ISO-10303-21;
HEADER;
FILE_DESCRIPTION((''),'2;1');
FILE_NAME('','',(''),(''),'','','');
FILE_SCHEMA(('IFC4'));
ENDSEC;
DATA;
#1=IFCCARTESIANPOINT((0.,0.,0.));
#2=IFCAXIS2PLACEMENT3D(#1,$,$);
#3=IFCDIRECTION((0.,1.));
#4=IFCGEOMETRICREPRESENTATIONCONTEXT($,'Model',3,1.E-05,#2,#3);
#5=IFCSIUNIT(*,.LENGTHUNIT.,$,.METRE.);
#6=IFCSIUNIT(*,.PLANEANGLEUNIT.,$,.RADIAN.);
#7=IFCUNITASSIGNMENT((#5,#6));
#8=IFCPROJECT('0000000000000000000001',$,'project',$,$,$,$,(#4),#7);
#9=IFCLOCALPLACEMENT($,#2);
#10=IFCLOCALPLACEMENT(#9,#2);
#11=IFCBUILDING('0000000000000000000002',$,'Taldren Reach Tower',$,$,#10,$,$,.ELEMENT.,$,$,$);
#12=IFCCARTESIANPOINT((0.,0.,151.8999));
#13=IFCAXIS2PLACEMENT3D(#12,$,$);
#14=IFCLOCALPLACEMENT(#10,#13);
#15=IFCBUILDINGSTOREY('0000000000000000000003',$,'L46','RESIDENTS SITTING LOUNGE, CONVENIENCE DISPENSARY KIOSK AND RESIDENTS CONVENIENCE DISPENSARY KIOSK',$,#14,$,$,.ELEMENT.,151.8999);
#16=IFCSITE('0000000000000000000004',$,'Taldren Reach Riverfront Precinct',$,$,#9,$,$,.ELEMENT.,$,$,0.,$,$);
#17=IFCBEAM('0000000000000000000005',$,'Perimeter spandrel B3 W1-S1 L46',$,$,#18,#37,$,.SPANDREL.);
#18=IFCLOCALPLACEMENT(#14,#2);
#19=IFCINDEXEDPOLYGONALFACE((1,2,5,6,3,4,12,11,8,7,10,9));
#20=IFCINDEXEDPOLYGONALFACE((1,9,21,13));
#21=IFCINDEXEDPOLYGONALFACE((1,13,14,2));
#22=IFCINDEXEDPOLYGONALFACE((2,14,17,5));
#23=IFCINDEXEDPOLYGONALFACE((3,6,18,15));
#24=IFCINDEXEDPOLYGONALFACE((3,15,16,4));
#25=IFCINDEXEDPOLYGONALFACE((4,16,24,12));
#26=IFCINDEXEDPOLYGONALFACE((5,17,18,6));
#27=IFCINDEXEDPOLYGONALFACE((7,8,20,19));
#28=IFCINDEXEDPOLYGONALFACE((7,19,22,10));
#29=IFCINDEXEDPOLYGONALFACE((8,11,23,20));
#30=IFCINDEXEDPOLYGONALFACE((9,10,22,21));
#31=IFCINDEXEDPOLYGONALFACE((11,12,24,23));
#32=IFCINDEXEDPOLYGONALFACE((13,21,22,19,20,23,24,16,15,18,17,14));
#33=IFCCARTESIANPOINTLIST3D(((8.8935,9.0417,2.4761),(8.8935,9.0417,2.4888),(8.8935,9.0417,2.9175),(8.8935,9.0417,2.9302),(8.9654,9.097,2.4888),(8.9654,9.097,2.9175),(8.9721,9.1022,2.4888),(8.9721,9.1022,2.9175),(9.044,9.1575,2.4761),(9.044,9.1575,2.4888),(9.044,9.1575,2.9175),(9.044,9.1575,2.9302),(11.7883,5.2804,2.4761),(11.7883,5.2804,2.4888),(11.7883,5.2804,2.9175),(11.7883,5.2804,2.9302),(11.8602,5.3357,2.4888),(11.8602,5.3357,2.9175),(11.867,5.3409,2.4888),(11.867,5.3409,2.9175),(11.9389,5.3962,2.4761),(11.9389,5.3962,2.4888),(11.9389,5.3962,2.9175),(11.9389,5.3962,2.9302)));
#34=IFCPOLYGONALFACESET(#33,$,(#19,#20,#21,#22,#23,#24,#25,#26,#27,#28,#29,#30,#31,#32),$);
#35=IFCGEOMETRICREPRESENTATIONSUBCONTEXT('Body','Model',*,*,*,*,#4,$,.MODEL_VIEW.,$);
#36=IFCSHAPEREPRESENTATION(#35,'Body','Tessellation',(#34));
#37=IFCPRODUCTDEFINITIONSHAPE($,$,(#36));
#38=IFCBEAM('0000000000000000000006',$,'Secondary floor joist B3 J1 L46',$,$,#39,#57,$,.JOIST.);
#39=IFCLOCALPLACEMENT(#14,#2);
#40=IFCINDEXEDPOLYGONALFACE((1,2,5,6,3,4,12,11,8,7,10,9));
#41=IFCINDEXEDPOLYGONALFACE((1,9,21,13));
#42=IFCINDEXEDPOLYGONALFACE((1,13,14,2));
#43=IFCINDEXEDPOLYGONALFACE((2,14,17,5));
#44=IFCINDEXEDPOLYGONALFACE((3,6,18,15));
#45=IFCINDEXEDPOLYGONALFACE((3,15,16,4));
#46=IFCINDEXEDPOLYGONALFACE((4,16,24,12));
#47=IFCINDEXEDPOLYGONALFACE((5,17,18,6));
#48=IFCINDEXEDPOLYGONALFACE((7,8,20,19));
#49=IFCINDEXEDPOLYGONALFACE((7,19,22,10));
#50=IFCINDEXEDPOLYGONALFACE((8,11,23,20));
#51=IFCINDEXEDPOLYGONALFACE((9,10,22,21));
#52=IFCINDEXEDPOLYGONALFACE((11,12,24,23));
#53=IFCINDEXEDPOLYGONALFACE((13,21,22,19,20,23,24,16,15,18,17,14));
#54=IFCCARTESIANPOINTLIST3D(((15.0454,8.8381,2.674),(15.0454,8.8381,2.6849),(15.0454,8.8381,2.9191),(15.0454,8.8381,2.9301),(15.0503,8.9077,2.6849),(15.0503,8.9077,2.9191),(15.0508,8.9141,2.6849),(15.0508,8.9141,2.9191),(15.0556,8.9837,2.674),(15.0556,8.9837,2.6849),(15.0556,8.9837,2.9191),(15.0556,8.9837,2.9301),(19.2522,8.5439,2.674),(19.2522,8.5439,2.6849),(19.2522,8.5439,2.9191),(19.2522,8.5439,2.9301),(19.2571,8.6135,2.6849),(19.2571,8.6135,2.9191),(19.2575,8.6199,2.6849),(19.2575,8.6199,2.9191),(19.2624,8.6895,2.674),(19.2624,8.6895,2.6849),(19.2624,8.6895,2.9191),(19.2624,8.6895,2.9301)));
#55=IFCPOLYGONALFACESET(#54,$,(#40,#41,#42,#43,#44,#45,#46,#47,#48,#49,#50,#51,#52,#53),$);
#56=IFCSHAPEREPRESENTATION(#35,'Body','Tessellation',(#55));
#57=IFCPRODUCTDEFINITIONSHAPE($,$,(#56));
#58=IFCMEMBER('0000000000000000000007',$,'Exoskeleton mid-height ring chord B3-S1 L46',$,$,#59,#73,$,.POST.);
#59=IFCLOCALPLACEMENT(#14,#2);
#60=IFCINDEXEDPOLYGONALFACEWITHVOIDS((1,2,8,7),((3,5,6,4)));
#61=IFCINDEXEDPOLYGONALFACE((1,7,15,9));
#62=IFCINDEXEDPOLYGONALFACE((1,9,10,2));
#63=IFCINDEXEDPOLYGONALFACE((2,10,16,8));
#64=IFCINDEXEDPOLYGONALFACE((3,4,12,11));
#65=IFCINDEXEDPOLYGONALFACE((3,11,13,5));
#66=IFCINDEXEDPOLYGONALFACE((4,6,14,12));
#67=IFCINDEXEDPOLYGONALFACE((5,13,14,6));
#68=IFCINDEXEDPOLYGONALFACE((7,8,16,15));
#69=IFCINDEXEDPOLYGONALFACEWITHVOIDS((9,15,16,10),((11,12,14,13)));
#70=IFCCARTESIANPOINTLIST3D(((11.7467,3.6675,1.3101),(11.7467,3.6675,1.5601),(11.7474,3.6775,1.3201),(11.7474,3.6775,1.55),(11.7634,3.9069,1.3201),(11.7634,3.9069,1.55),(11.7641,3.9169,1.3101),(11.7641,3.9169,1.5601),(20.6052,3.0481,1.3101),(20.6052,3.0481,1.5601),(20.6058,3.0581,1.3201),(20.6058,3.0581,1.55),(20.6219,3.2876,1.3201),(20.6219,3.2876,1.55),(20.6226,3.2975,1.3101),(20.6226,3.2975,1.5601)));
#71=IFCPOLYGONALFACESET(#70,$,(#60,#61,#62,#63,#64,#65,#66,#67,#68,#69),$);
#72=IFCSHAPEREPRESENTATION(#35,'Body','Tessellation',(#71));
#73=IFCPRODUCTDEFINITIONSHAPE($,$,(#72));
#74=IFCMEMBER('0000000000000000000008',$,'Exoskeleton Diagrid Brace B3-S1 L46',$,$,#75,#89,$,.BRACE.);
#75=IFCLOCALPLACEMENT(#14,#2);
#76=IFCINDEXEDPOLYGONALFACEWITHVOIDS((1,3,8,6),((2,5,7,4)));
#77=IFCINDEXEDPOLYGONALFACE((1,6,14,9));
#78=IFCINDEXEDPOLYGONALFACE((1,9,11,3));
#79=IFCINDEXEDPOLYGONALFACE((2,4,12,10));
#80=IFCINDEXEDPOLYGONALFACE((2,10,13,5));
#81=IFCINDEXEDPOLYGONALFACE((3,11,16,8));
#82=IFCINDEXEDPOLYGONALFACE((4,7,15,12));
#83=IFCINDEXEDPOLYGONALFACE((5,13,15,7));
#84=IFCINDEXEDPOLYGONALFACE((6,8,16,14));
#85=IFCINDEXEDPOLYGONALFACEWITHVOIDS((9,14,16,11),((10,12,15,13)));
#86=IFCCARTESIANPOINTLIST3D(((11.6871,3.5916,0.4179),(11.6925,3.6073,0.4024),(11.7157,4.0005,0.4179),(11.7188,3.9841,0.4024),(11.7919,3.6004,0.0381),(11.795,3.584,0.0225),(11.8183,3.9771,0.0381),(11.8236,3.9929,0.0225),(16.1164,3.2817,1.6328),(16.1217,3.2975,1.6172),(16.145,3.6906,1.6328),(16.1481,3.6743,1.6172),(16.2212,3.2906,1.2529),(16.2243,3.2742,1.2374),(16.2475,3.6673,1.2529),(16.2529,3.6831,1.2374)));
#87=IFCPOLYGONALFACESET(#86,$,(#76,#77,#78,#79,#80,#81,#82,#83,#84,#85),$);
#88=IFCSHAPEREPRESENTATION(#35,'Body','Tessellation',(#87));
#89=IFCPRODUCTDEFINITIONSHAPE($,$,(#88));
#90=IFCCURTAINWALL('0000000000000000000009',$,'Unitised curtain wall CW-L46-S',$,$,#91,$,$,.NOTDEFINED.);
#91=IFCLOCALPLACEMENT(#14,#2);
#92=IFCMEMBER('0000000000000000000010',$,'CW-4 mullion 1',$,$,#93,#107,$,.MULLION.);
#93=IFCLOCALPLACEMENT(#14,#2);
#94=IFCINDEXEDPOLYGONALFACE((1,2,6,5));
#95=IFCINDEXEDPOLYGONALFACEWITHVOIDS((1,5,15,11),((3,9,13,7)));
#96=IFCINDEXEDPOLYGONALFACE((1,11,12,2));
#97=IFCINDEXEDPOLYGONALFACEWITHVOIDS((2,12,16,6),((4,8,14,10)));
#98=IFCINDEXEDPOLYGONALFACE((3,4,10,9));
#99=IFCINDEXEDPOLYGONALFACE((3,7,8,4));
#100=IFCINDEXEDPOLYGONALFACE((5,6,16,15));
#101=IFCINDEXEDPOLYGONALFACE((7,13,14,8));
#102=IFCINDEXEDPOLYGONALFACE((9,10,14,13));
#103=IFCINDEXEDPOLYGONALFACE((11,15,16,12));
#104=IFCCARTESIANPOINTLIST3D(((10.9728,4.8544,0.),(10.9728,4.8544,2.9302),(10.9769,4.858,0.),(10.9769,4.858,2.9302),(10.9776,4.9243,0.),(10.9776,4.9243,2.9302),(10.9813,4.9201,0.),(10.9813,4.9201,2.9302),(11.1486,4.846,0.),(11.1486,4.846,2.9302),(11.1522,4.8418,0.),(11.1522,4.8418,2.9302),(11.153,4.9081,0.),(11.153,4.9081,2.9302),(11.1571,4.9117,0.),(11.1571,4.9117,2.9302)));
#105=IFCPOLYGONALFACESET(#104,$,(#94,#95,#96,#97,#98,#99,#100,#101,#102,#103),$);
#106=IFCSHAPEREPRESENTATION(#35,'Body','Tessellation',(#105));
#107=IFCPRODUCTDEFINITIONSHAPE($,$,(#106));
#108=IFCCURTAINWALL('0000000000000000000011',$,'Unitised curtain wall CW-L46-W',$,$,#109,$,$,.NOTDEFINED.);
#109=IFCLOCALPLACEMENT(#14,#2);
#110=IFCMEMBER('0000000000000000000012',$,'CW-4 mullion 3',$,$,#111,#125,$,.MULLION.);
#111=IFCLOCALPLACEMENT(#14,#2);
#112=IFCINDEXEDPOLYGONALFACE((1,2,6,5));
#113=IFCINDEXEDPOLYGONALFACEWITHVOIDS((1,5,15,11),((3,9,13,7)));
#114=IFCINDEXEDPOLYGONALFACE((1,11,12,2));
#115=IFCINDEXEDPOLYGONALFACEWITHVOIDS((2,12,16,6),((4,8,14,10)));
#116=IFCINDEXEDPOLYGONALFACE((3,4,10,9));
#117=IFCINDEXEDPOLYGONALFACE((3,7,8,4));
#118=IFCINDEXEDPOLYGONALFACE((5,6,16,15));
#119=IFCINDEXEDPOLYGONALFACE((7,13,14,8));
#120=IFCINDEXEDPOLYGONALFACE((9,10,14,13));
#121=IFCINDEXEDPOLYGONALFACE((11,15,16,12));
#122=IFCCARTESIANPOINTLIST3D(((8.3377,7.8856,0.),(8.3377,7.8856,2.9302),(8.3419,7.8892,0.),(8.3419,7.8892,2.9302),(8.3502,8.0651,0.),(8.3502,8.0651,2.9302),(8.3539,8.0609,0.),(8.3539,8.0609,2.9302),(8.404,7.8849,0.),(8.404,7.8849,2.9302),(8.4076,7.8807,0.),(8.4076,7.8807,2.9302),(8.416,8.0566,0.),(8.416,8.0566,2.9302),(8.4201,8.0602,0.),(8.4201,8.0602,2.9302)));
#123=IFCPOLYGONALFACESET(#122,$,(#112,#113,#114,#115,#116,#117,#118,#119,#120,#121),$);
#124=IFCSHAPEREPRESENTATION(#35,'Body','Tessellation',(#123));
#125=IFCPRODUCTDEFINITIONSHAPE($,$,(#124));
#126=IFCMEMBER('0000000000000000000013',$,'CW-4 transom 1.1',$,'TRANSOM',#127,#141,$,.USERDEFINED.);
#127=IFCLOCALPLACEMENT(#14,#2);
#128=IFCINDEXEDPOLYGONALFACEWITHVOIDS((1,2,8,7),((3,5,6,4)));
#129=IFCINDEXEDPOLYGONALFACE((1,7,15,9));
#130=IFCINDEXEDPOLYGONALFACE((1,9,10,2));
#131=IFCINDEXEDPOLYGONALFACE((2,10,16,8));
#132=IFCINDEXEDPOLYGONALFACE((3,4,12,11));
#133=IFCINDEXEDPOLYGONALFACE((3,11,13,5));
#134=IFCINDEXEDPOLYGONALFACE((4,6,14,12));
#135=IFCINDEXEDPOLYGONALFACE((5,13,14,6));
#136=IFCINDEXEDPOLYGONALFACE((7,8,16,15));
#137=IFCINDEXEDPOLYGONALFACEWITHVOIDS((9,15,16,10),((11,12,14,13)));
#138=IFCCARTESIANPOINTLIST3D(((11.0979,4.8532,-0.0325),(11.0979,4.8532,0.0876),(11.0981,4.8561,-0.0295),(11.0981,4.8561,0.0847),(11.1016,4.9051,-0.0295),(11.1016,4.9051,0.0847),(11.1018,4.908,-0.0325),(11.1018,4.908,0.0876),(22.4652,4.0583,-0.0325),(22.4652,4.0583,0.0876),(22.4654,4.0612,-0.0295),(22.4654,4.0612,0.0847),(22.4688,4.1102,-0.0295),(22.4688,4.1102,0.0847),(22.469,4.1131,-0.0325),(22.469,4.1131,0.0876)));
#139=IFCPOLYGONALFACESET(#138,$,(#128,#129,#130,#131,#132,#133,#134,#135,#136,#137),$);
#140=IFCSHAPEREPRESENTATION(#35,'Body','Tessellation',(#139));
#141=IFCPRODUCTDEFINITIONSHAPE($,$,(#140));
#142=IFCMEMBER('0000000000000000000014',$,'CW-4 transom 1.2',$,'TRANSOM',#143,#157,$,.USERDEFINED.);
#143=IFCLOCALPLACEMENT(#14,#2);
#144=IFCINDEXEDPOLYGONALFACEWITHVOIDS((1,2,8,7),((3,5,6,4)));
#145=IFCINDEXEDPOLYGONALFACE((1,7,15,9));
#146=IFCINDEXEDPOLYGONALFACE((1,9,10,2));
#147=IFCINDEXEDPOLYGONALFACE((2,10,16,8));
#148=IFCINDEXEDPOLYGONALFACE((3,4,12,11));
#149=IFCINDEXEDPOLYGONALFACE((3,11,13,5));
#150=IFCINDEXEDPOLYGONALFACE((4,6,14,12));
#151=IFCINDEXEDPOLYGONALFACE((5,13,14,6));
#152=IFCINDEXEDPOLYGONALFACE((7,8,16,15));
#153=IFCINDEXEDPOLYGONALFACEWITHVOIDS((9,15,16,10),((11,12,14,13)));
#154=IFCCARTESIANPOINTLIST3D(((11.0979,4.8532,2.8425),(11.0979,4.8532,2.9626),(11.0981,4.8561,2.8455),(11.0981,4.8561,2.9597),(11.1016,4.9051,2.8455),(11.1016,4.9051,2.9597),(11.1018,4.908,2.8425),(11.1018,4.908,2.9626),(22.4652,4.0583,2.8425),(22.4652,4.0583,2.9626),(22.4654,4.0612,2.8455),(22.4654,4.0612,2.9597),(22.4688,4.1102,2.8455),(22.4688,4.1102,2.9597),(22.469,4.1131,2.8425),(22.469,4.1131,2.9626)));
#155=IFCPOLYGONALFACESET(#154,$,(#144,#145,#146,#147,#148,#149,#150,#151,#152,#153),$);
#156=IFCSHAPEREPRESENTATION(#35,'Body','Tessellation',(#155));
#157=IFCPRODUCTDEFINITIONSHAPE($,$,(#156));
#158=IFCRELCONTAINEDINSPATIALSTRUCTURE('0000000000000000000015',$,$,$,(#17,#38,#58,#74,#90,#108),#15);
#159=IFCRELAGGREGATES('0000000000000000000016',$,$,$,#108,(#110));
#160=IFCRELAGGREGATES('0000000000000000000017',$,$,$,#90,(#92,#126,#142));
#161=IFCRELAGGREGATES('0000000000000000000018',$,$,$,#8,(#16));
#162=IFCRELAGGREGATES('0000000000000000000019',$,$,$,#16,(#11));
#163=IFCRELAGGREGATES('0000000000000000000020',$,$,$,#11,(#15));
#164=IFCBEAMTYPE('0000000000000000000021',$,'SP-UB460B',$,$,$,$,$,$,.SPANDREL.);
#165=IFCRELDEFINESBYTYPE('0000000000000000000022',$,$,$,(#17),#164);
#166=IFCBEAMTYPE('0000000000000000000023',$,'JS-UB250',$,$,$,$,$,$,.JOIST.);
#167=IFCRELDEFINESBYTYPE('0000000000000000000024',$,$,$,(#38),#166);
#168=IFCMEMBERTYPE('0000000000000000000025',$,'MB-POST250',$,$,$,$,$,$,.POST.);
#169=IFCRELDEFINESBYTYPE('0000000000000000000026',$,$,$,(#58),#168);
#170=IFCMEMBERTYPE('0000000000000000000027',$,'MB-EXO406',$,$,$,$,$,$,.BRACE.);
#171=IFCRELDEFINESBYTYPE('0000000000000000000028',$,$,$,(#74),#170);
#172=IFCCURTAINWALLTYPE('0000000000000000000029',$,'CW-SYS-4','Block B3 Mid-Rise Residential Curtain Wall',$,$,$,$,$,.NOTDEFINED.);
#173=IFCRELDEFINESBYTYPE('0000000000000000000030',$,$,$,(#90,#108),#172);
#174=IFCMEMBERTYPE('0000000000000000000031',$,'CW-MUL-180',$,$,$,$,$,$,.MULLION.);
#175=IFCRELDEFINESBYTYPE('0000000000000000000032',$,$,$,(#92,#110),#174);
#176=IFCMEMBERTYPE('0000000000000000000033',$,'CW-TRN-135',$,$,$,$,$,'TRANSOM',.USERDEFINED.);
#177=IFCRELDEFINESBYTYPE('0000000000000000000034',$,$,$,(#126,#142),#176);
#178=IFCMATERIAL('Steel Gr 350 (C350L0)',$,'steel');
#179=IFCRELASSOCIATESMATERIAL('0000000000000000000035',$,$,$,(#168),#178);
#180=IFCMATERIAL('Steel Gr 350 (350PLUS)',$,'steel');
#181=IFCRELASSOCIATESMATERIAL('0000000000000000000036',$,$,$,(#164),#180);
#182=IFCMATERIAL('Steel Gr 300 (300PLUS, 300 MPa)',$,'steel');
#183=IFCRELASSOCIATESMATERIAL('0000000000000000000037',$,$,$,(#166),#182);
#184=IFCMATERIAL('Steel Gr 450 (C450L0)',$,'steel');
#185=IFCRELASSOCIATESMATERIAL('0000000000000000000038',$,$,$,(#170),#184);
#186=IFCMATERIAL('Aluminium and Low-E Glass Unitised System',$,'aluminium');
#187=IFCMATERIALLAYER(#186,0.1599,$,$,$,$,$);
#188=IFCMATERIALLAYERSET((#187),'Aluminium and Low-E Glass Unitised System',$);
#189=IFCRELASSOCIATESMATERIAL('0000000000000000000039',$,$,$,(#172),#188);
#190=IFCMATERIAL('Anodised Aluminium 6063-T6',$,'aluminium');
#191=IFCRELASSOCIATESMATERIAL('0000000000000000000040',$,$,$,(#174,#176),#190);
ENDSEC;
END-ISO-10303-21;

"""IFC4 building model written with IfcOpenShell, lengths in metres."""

from ifc_helpers import new_model, si_unit, direction, frame, origin, origin_2d, place, context, subcontext, project, spatial, hollow_rectangle, i_section, extrude, source, transform, mapped, material, layer, layer_set, material_profile, profile_set, type_object, element, aggregate, save


model = new_model("IFC4")

# Units and contexts
model_context = context("Model", 3, precision=1e-05, world=origin(), true_north=direction((0.0, 1.0)))
body_context = subcontext(model_context, "Body", "Model", "MODEL_VIEW")
ifc_project = project(units=[si_unit("LENGTHUNIT", "METRE"), si_unit("PLANEANGLEUNIT", "RADIAN")], contexts=[model_context])

# Site, building, storey
site_placement = place(None, origin())
site = spatial("IfcSite", under=ifc_project, at=site_placement, Name="Taldren Reach Riverfront Precinct", CompositionType="ELEMENT", RefElevation=0.0)
building_placement = place(site_placement, origin())
building = spatial("IfcBuilding", under=site, at=building_placement, Name="Taldren Reach Tower", CompositionType="ELEMENT")
storey_placement = place(building_placement, frame((0.0, 0.0, 151.8999)))
storey = spatial("IfcBuildingStorey", under=building, at=storey_placement, Name="L46", Description="RESIDENTS SITTING LOUNGE, CONVENIENCE DISPENSARY KIOSK AND RESIDENTS CONVENIENCE DISPENSARY KIOSK", CompositionType="ELEMENT", Elevation=151.8999)

# Shared definitions
ifc_material_1 = material(Name="Steel Gr 450 (C450L0)", Category="steel")
ifc_material_2 = material(Name="Steel Gr 350 (350PLUS)", Category="steel")

# Shared definitions
ifc_material_3 = material(Name="Steel Gr 350 (C350L0)", Category="steel")
ifc_material_profile_1 = material_profile(ifc_material_3, hollow_rectangle(XDim=0.25, YDim=0.25, WallThickness=0.01, at=origin_2d()), Name="250x250x10.0SHS")
ifc_profile_set_1 = profile_set([ifc_material_profile_1], Name="Steel Gr 350 (C350L0)")
member_type_1 = type_object("IfcMemberType", Name="MB-POST250", PredefinedType="POST", material=ifc_profile_set_1)

# Beams
ifc_material_profile_2 = material_profile(ifc_material_2, i_section(OverallWidth=0.1899, OverallDepth=0.4541, WebThickness=0.0085, FlangeThickness=0.0127, at=origin_2d()), Name="460UB67.1")
ifc_profile_set_2 = profile_set([ifc_material_profile_2], Name="Steel Gr 350 (350PLUS)")
beam_type_1 = type_object("IfcBeamType", Name="SP-UB460B", PredefinedType="SPANDREL", material=ifc_profile_set_2)
shared_shape_1 = source(origin(), body_context, "Body", "SweptSolid", [
    extrude(i_section(OverallWidth=0.1899, OverallDepth=0.4541, WebThickness=0.0085, FlangeThickness=0.0127, at=origin_2d()), origin(), (0.0, 0.0, 1.0), 4.7463),
])
beam_1_placement = place(storey_placement, frame((8.9688, 9.0996, 2.7031), z_axis=(0.609912, -0.792469, 0.0), x_axis=(0.792469, 0.609912, 0.0)))
element("IfcBeam", 1, at=beam_1_placement, inside=storey, type_object=beam_type_1, Name="Perimeter spandrel B3 W1-S1 L46", PredefinedType="SPANDREL", context=body_context, shape_type="MappedRepresentation", body=[
    mapped(shared_shape_1, transform((0.0, 0.0, 0.0), scale=1.0)),
])
ifc_material_4 = material(Name="Steel Gr 300 (300PLUS, 300 MPa)", Category="steel")
ifc_material_profile_3 = material_profile(ifc_material_4, i_section(OverallWidth=0.146, OverallDepth=0.2561, WebThickness=0.0063, FlangeThickness=0.011, at=origin_2d()), Name="250UB37.3")
ifc_profile_set_3 = profile_set([ifc_material_profile_3], Name="Steel Gr 300 (300PLUS, 300 MPa)")
beam_type_2 = type_object("IfcBeamType", Name="JS-UB250", PredefinedType="JOIST", material=ifc_profile_set_3)
shared_shape_2 = source(origin(), body_context, "Body", "SweptSolid", [
    extrude(i_section(OverallWidth=0.146, OverallDepth=0.2561, WebThickness=0.0063, FlangeThickness=0.011, at=origin_2d()), origin(), (0.0, 0.0, 1.0), 4.217),
])
beam_2_placement = place(storey_placement, frame((15.0505, 8.9109, 2.802), z_axis=(0.997564, -0.069762, 0.0), x_axis=(0.069762, 0.997564, 0.0)))
element("IfcBeam", 2, at=beam_2_placement, inside=storey, type_object=beam_type_2, Name="Secondary floor joist B3 J1 L46", PredefinedType="JOIST", context=body_context, shape_type="MappedRepresentation", body=[
    mapped(shared_shape_2, transform((0.0, 0.0, 0.0), scale=1.0)),
])

# Members
shared_shape_3 = source(origin(), body_context, "Body", "SweptSolid", [
    extrude(hollow_rectangle(XDim=0.25, YDim=0.25, WallThickness=0.01, at=origin_2d()), origin(), (0.0, 0.0, 1.0), 8.8801),
])
member_1_placement = place(storey_placement, frame((11.7554, 3.7922, 1.4351), z_axis=(0.997564, -0.06975, 0.0), x_axis=(0.06975, 0.997564, 0.0)))
element("IfcMember", 3, at=member_1_placement, inside=storey, type_object=member_type_1, Name="Exoskeleton mid-height ring chord B3-S1 L46", PredefinedType="POST", context=body_context, shape_type="MappedRepresentation", body=[
    mapped(shared_shape_3, transform((0.0, 0.0, 0.0), scale=1.0)),
])
ifc_material_profile_4 = material_profile(ifc_material_1, hollow_rectangle(XDim=0.4099, YDim=0.4099, WallThickness=0.0161, at=origin_2d()), Name="410x410x16.0SHS")
ifc_profile_set_4 = profile_set([ifc_material_profile_4], Name="Steel Gr 450 (C450L0)")
member_type_2 = type_object("IfcMemberType", Name="MB-EXO406", PredefinedType="BRACE", material=ifc_profile_set_4)
shared_shape_4 = source(origin(), body_context, "Body", "SweptSolid", [
    extrude(hollow_rectangle(XDim=0.4099, YDim=0.4099, WallThickness=0.0161, at=origin_2d()), origin(), (0.0, 0.0, 1.0), 4.6033),
])
member_2_placement = place(storey_placement, frame((11.7554, 3.7922, 0.2202), z_axis=(0.962196, -0.067304, 0.263912), x_axis=(0.069778, 0.997563, 0.0)))
element("IfcMember", 4, at=member_2_placement, inside=storey, type_object=member_type_2, Name="Exoskeleton Diagrid Brace B3-S1 L46", PredefinedType="BRACE", context=body_context, shape_type="MappedRepresentation", body=[
    mapped(shared_shape_4, transform((0.0, 0.0, 0.0), scale=1.0)),
])

# Curtain walls, members
ifc_material_5 = material(Name="Aluminium and Low-E Glass Unitised System", Category="aluminium")
ifc_layer_1 = layer(ifc_material_5, 0.1599)
ifc_layer_set_1 = layer_set([ifc_layer_1], Name="Aluminium and Low-E Glass Unitised System")
curtain_wall_type = type_object("IfcCurtainWallType", Name="CW-SYS-4", Description="Block B3 Mid-Rise Residential Curtain Wall", PredefinedType="NOTDEFINED", material=ifc_layer_set_1)
curtain_wall_1_placement = place(storey_placement, origin())
curtain_wall_1 = element("IfcCurtainWall", 5, at=curtain_wall_1_placement, inside=storey, type_object=curtain_wall_type, Name="Unitised curtain wall CW-L46-S", PredefinedType="NOTDEFINED")
ifc_material_6 = material(Name="Anodised Aluminium 6063-T6", Category="aluminium")
ifc_material_profile_5 = material_profile(ifc_material_6, hollow_rectangle(XDim=0.0701, YDim=0.1799, WallThickness=0.0039, at=origin_2d()), Name="ALU-180x70x4RHS")
ifc_profile_set_5 = profile_set([ifc_material_profile_5], Name="Anodised Aluminium 6063-T6")
member_type_3 = type_object("IfcMemberType", Name="CW-MUL-180", PredefinedType="MULLION", material=ifc_profile_set_5)
shared_shape_5 = source(origin(), body_context, "Body", "SweptSolid", [
    extrude(hollow_rectangle(XDim=0.0701, YDim=0.1799, WallThickness=0.0039, at=origin_2d()), origin(), (0.0, 0.0, 1.0), 2.9302),
])
member_3_placement = place(storey_placement, frame((11.0649, 4.8831, 0.0), z_axis=(0.0, 0.0, 1.0), x_axis=(0.069757, 0.997564, 0.0)))
member_3 = element("IfcMember", 6, at=member_3_placement, type_object=member_type_3, Name="CW-4 mullion 1", PredefinedType="MULLION", context=body_context, shape_type="MappedRepresentation", body=[
    mapped(shared_shape_5, transform((0.0, 0.0, 0.0), scale=1.0)),
])
curtain_wall_2_placement = place(storey_placement, origin())
curtain_wall_2 = element("IfcCurtainWall", 7, at=curtain_wall_2_placement, inside=storey, type_object=curtain_wall_type, Name="Unitised curtain wall CW-L46-W", PredefinedType="NOTDEFINED")
member_4_placement = place(storey_placement, frame((8.3789, 7.9729, 0.0), z_axis=(0.0, 0.0, 1.0), x_axis=(0.997564, -0.069756, 0.0)))
member_4 = element("IfcMember", 8, at=member_4_placement, type_object=member_type_3, Name="CW-4 mullion 3", PredefinedType="MULLION", context=body_context, shape_type="MappedRepresentation", body=[
    mapped(shared_shape_5, transform((0.0, 0.0, 0.0), scale=1.0)),
])
aggregate(curtain_wall_2, [member_4])

# Members
ifc_material_profile_6 = material_profile(ifc_material_6, hollow_rectangle(XDim=0.0549, YDim=0.1201, WallThickness=0.0029, at=origin_2d()), Name="ALU-120x55x3RHS")
ifc_profile_set_6 = profile_set([ifc_material_profile_6], Name="Anodised Aluminium 6063-T6")
member_type_4 = type_object("IfcMemberType", Name="CW-TRN-135", ElementType="TRANSOM", PredefinedType="USERDEFINED", material=ifc_profile_set_6)
shared_shape_6 = source(origin(), body_context, "Body", "SweptSolid", [
    extrude(hollow_rectangle(XDim=0.0549, YDim=0.1201, WallThickness=0.0029, at=origin_2d()), origin(), (0.0, 0.0, 1.0), 11.395),
])
member_5_placement = place(storey_placement, frame((11.0999, 4.8806, 0.0276), z_axis=(0.997564, -0.069761, 0.0), x_axis=(0.069761, 0.997564, 0.0)))
member_5 = element("IfcMember", 9, at=member_5_placement, type_object=member_type_4, Name="CW-4 transom 1.1", ObjectType="TRANSOM", PredefinedType="USERDEFINED", context=body_context, shape_type="MappedRepresentation", body=[
    mapped(shared_shape_6, transform((0.0, 0.0, 0.0), scale=1.0)),
])
member_6_placement = place(storey_placement, frame((11.0999, 4.8806, 2.9026), z_axis=(0.997564, -0.069761, 0.0), x_axis=(0.069761, 0.997564, 0.0)))
member_6 = element("IfcMember", 10, at=member_6_placement, type_object=member_type_4, Name="CW-4 transom 1.2", ObjectType="TRANSOM", PredefinedType="USERDEFINED", context=body_context, shape_type="MappedRepresentation", body=[
    mapped(shared_shape_6, transform((0.0, 0.0, 0.0), scale=1.0)),
])

aggregate(curtain_wall_1, [member_3, member_5, member_6])

save(model, "model.ifc")
